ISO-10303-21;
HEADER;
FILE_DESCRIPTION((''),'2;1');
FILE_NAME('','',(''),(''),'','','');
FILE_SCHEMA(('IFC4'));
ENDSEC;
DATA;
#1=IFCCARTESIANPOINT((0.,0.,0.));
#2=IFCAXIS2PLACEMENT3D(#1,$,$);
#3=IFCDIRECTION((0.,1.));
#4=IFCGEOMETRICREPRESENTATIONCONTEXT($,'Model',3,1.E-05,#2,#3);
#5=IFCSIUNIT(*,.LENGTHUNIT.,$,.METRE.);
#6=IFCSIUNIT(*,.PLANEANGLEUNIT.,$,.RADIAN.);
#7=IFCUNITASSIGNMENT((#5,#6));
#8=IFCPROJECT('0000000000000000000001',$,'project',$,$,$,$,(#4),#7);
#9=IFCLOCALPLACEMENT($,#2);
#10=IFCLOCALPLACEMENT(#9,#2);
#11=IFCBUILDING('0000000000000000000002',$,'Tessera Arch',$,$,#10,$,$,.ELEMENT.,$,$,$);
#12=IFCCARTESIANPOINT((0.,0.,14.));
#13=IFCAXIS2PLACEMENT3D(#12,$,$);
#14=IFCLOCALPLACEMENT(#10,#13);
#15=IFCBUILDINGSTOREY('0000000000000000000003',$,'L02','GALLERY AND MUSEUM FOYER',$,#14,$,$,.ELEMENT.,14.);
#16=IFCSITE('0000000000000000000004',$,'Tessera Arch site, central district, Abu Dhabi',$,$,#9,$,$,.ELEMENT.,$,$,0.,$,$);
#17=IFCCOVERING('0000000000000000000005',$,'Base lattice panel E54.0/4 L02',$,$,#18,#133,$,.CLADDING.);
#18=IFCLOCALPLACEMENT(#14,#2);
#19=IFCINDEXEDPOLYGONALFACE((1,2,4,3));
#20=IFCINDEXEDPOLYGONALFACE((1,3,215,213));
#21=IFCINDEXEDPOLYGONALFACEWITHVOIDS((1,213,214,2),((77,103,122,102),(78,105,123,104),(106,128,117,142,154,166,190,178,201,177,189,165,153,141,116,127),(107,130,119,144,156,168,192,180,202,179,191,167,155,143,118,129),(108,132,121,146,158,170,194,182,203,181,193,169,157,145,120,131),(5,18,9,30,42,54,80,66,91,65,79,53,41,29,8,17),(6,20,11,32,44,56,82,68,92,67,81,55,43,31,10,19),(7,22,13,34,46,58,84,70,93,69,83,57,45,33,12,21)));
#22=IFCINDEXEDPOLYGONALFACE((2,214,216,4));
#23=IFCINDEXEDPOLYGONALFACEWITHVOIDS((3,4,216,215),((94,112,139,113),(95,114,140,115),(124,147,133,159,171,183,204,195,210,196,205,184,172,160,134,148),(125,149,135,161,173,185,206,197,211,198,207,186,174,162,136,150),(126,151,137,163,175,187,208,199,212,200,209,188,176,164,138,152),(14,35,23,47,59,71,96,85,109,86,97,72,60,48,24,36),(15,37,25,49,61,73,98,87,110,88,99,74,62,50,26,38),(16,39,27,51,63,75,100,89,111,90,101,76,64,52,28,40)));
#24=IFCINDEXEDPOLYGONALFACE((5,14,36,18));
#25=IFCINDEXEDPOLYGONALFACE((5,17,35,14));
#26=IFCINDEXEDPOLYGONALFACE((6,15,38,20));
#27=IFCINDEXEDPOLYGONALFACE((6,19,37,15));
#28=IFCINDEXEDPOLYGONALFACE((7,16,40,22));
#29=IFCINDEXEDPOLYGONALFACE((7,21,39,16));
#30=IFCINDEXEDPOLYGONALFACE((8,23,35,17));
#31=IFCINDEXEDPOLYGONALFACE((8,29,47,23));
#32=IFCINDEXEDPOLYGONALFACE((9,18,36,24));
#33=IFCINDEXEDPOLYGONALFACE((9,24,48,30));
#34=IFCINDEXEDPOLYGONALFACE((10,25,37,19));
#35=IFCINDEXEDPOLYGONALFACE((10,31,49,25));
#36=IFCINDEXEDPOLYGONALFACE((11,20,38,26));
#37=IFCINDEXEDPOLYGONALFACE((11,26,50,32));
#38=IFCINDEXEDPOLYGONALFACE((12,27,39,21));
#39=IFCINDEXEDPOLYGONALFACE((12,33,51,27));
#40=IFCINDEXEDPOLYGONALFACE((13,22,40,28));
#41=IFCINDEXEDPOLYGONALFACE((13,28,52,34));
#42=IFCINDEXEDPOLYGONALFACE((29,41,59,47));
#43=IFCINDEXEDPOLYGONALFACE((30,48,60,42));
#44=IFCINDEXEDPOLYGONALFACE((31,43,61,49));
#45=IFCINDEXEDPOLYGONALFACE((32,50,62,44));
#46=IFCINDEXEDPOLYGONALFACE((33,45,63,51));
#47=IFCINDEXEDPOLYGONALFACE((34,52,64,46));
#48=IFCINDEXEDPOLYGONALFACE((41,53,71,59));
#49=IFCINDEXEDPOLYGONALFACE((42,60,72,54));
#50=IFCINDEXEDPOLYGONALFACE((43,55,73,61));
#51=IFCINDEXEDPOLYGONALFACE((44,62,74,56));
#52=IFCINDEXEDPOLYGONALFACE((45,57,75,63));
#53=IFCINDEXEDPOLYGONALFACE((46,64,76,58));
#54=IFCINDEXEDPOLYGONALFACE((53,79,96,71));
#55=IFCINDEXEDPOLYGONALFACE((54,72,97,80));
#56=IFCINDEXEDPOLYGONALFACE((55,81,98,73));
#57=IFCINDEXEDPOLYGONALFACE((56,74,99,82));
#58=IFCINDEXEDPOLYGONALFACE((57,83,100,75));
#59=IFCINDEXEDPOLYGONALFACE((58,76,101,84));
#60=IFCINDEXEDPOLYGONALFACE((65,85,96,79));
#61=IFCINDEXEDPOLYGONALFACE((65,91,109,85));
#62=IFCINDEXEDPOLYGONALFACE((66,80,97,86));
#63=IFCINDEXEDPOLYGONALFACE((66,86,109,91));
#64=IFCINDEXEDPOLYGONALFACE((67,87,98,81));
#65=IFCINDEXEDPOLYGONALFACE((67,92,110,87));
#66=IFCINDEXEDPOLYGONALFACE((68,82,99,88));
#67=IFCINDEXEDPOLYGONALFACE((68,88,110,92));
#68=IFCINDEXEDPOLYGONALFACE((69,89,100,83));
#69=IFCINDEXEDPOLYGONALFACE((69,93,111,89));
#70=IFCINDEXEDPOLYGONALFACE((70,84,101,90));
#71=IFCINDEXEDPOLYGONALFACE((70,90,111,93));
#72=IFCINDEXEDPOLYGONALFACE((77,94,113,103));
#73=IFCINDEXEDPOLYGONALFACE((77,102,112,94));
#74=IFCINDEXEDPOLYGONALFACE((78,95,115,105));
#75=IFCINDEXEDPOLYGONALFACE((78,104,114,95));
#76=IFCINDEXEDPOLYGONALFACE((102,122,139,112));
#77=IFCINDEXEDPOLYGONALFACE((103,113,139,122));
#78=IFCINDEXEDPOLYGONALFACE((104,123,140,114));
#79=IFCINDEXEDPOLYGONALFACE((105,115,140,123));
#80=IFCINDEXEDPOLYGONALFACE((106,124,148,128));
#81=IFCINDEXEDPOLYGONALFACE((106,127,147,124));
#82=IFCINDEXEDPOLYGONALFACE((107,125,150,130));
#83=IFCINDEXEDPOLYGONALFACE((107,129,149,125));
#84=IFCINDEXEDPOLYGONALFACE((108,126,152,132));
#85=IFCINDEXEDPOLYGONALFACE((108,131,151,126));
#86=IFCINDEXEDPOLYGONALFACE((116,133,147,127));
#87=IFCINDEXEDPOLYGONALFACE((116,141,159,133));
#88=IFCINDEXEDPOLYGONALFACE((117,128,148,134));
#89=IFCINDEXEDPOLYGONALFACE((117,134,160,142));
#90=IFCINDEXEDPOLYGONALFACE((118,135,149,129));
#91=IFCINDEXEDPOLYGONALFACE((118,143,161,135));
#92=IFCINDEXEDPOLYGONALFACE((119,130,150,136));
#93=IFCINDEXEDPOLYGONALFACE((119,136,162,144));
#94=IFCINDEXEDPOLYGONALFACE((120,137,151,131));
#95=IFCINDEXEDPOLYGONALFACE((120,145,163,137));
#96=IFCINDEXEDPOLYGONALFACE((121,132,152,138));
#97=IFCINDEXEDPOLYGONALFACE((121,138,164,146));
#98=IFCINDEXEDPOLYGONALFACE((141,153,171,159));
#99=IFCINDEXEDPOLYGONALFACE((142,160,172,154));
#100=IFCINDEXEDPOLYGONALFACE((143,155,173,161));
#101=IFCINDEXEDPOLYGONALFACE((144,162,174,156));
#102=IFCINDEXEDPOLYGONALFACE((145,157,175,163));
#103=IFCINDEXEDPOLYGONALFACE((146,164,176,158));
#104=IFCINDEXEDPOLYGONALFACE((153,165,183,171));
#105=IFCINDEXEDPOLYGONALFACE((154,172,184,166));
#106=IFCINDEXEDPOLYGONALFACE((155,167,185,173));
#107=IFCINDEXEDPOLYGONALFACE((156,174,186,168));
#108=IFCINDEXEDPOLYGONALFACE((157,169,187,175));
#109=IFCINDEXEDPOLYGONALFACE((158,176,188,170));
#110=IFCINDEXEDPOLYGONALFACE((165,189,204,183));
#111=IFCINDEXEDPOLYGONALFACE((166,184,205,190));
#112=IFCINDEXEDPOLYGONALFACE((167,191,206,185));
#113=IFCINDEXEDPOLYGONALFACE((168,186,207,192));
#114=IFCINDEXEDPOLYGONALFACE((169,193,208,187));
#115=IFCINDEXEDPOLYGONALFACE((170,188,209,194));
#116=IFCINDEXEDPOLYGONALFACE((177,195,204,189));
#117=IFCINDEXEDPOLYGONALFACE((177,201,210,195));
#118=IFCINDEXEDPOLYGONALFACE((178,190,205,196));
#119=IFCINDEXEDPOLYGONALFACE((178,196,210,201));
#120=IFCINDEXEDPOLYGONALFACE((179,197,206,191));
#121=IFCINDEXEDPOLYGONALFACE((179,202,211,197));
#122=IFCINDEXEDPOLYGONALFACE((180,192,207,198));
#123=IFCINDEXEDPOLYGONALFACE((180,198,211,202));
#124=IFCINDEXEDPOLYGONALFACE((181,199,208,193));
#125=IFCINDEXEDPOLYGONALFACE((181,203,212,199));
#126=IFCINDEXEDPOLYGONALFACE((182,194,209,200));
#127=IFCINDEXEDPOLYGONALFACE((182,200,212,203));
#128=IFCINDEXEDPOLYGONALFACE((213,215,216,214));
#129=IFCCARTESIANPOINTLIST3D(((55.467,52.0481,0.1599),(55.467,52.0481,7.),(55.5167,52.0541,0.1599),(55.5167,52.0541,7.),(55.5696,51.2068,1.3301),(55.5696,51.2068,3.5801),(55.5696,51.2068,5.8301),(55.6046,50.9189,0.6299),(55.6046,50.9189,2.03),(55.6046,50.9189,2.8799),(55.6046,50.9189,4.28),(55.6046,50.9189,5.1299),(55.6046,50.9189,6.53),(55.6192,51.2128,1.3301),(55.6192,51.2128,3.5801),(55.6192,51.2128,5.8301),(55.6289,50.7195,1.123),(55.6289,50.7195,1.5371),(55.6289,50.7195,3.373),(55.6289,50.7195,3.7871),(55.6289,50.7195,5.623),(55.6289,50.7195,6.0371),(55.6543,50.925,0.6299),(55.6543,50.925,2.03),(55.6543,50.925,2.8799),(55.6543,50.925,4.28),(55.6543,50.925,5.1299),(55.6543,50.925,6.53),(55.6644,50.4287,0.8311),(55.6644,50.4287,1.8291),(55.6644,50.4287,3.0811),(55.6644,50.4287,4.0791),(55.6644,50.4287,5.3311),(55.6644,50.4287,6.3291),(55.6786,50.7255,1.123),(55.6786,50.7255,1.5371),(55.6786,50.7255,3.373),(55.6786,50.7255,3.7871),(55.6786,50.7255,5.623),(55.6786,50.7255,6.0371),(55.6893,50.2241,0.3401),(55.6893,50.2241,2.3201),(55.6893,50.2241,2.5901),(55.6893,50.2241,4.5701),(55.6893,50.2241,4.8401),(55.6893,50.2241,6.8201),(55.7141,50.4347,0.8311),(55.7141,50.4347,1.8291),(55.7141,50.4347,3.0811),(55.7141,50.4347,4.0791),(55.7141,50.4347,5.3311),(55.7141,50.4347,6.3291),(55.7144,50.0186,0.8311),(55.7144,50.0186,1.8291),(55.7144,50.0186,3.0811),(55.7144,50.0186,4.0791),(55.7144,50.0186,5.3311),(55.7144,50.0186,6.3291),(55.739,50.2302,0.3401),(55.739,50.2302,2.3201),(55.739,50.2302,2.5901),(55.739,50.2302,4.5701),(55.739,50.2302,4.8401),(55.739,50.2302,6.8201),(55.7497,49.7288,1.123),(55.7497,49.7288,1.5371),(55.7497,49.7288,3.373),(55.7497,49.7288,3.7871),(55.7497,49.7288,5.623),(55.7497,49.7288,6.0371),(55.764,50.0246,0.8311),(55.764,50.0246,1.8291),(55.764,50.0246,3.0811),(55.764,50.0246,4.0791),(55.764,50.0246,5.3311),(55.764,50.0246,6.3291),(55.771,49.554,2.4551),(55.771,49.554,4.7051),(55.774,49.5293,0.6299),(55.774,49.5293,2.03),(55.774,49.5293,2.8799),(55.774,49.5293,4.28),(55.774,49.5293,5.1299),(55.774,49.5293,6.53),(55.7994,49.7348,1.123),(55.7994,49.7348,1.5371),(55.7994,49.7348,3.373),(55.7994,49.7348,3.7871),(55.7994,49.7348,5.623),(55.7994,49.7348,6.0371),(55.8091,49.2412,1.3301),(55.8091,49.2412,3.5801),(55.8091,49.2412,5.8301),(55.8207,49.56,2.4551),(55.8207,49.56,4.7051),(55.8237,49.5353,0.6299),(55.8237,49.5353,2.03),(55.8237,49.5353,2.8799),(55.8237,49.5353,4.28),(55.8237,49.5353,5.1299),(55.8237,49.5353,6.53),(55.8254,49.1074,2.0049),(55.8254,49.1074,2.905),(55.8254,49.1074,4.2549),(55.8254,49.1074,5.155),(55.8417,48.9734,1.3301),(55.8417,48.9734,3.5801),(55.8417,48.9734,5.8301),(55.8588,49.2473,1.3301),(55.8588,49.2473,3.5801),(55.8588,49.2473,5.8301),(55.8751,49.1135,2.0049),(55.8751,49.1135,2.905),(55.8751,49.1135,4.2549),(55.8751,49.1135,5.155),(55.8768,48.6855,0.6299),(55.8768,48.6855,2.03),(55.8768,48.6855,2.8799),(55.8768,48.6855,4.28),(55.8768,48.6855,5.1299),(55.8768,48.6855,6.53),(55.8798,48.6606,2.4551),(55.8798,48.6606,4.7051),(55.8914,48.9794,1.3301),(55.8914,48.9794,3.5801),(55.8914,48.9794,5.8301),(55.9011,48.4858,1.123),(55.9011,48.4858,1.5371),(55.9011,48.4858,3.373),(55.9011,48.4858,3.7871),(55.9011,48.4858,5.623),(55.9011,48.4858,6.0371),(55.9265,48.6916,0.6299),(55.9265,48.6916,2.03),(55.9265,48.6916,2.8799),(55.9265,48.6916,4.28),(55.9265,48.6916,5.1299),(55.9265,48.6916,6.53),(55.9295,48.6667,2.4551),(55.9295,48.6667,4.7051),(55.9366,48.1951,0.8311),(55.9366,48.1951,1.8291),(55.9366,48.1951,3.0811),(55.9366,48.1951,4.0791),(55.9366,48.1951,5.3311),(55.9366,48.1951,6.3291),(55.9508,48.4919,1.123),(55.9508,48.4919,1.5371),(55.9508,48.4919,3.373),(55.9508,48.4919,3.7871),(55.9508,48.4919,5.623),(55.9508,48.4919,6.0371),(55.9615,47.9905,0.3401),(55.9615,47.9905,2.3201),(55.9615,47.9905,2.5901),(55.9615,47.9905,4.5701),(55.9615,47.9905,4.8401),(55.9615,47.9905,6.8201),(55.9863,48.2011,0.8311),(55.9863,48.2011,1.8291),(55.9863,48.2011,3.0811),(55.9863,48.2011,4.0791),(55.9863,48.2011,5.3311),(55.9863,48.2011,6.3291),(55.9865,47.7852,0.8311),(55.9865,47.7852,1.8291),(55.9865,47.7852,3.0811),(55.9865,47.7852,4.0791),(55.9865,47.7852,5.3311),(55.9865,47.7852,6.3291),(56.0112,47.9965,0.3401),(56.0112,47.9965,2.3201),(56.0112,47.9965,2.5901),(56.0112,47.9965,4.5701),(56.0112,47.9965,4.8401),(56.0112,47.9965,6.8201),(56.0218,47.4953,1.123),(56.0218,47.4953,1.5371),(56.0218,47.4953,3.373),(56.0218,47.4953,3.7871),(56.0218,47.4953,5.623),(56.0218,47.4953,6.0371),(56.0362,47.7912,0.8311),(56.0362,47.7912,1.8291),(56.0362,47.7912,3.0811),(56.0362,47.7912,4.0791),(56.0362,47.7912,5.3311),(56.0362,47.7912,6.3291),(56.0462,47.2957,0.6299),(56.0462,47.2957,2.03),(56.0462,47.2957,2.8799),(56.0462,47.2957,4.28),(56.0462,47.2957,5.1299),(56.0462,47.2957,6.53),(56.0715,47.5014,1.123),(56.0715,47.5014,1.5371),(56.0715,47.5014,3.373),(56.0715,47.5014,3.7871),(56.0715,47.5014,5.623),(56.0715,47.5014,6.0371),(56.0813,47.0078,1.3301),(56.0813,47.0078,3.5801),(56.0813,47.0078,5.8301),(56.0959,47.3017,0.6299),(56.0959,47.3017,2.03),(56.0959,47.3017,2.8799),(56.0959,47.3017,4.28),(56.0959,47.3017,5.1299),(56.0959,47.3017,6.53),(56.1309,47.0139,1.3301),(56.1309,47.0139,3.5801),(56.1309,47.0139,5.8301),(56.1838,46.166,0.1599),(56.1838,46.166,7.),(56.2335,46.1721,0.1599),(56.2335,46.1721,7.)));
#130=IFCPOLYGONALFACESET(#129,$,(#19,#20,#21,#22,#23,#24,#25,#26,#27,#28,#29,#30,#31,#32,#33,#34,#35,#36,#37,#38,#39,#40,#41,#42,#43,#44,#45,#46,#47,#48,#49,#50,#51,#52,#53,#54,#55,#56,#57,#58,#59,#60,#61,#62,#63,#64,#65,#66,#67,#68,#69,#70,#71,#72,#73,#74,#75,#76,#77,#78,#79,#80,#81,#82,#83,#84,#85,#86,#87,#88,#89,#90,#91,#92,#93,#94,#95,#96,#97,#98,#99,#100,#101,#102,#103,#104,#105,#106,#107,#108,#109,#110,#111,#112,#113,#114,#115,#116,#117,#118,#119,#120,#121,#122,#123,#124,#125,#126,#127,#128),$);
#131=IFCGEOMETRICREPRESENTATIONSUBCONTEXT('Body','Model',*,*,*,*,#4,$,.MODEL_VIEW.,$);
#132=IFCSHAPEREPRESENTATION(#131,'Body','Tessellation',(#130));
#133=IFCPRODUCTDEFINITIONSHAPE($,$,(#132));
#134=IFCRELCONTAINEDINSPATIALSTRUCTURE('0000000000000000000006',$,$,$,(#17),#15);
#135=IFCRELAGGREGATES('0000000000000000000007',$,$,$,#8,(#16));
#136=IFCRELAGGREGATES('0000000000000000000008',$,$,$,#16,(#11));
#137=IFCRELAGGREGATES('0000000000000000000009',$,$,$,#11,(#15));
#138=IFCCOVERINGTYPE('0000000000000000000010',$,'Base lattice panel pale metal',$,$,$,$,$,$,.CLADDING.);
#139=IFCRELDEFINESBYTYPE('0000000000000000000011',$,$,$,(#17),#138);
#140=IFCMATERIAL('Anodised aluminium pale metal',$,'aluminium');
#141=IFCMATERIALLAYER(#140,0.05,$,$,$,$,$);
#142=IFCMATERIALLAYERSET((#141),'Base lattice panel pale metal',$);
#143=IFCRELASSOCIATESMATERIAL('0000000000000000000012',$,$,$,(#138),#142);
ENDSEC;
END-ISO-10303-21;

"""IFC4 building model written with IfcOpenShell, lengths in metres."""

from ifc_helpers import new_model, si_unit, direction, frame, origin, place, context, subcontext, project, spatial, polyline, outline, extrude, material, layer, layer_set, type_object, element, save


model = new_model("IFC4")

# Units and contexts
model_context = context("Model", 3, precision=1e-05, world=origin(), true_north=direction((0.0, 1.0)))
body_context = subcontext(model_context, "Body", "Model", "MODEL_VIEW")
ifc_project = project(units=[si_unit("LENGTHUNIT", "METRE"), si_unit("PLANEANGLEUNIT", "RADIAN")], contexts=[model_context])

# Site, building, storey
site_placement = place(None, origin())
site = spatial("IfcSite", under=ifc_project, at=site_placement, Name="Tessera Arch site, central district, Abu Dhabi", CompositionType="ELEMENT", RefElevation=0.0)
building_placement = place(site_placement, origin())
building = spatial("IfcBuilding", under=site, at=building_placement, Name="Tessera Arch", CompositionType="ELEMENT")
storey_placement = place(building_placement, frame((0.0, 0.0, 14.0)))
storey = spatial("IfcBuildingStorey", under=building, at=storey_placement, Name="L02", Description="GALLERY AND MUSEUM FOYER", CompositionType="ELEMENT", Elevation=14.0)

# Covering
ifc_material_1 = material(Name="Anodised aluminium pale metal", Category="aluminium")
ifc_layer_1 = layer(ifc_material_1, 0.05)
ifc_layer_set_1 = layer_set([ifc_layer_1], Name="Base lattice panel pale metal")
covering_type = type_object("IfcCoveringType", Name="Base lattice panel pale metal", PredefinedType="CLADDING", material=ifc_layer_set_1)
covering_1_placement = place(storey_placement, frame((56.1838, 46.166, 7.0), z_axis=(-0.992657, -0.120966, 0.0), x_axis=(-0.120966, 0.992657, 0.0)))
element("IfcCovering", 1, at=covering_1_placement, inside=storey, type_object=covering_type, Name="Base lattice panel E54.0/4 L02", PredefinedType="CLADDING", context=body_context, shape_type="SweptSolid", body=[
    extrude(outline(polyline([(0.0, 0.0), (5.9256, 0.0), (5.9256, 6.8401), (0.0, 6.8401), (0.0, 0.0)]), holes=[polyline([(2.8281, 5.6699), (2.337, 5.4629), (2.5382, 4.97), (2.0441, 5.1709), (1.838, 4.6799), (1.6311, 5.1709), (1.138, 4.97), (1.3392, 5.4629), (0.848, 5.6699), (1.3392, 5.877), (1.138, 6.3701), (1.6311, 6.1689), (1.838, 6.6599), (2.0441, 6.1689), (2.5382, 6.3701), (2.337, 5.877), (2.8281, 5.6699)]), polyline([(2.8281, 3.4199), (2.337, 3.2129), (2.5382, 2.72), (2.0441, 2.9209), (1.838, 2.4299), (1.6311, 2.9209), (1.138, 2.72), (1.3392, 3.2129), (0.848, 3.4199), (1.3392, 3.627), (1.138, 4.1201), (1.6311, 3.9189), (1.838, 4.4099), (2.0441, 3.9189), (2.5382, 4.1201), (2.337, 3.627), (2.8281, 3.4199)]), polyline([(2.8281, 1.1699), (2.337, 0.9629), (2.5382, 0.47), (2.0441, 0.6709), (1.838, 0.1799), (1.6311, 0.6709), (1.138, 0.47), (1.3392, 0.9629), (0.848, 1.1699), (1.3392, 1.377), (1.138, 1.8701), (1.6311, 1.6689), (1.838, 2.1599), (2.0441, 1.6689), (2.5382, 1.8701), (2.337, 1.377), (2.8281, 1.1699)]), polyline([(5.0781, 5.6699), (4.5872, 5.4629), (4.7881, 4.97), (4.2942, 5.1709), (4.0881, 4.6799), (3.881, 5.1709), (3.3881, 4.97), (3.5891, 5.4629), (3.0979, 5.6699), (3.5891, 5.877), (3.3881, 6.3701), (3.881, 6.1689), (4.0881, 6.6599), (4.2942, 6.1689), (4.7881, 6.3701), (4.5872, 5.877), (5.0781, 5.6699)]), polyline([(5.0781, 3.4199), (4.5872, 3.2129), (4.7881, 2.72), (4.2942, 2.9209), (4.0881, 2.4299), (3.881, 2.9209), (3.3881, 2.72), (3.5891, 3.2129), (3.0979, 3.4199), (3.5891, 3.627), (3.3881, 4.1201), (3.881, 3.9189), (4.0881, 4.4099), (4.2942, 3.9189), (4.7881, 4.1201), (4.5872, 3.627), (5.0781, 3.4199)]), polyline([(5.0781, 1.1699), (4.5872, 0.9629), (4.7881, 0.47), (4.2942, 0.6709), (4.0881, 0.1799), (3.881, 0.6709), (3.3881, 0.47), (3.5891, 0.9629), (3.0979, 1.1699), (3.5891, 1.377), (3.3881, 1.8701), (3.881, 1.6689), (4.0881, 2.1599), (4.2942, 1.6689), (4.7881, 1.8701), (4.5872, 1.377), (5.0781, 1.1699)]), polyline([(3.413, 4.5449), (2.9632, 4.095), (2.5131, 4.5449), (2.9632, 4.9951), (3.413, 4.5449)]), polyline([(3.413, 2.2949), (2.9632, 1.845), (2.5131, 2.2949), (2.9632, 2.7451), (3.413, 2.2949)])]), origin(), (0.0, 0.0, -1.0), 0.05),
])

save(model, "model.ifc")
